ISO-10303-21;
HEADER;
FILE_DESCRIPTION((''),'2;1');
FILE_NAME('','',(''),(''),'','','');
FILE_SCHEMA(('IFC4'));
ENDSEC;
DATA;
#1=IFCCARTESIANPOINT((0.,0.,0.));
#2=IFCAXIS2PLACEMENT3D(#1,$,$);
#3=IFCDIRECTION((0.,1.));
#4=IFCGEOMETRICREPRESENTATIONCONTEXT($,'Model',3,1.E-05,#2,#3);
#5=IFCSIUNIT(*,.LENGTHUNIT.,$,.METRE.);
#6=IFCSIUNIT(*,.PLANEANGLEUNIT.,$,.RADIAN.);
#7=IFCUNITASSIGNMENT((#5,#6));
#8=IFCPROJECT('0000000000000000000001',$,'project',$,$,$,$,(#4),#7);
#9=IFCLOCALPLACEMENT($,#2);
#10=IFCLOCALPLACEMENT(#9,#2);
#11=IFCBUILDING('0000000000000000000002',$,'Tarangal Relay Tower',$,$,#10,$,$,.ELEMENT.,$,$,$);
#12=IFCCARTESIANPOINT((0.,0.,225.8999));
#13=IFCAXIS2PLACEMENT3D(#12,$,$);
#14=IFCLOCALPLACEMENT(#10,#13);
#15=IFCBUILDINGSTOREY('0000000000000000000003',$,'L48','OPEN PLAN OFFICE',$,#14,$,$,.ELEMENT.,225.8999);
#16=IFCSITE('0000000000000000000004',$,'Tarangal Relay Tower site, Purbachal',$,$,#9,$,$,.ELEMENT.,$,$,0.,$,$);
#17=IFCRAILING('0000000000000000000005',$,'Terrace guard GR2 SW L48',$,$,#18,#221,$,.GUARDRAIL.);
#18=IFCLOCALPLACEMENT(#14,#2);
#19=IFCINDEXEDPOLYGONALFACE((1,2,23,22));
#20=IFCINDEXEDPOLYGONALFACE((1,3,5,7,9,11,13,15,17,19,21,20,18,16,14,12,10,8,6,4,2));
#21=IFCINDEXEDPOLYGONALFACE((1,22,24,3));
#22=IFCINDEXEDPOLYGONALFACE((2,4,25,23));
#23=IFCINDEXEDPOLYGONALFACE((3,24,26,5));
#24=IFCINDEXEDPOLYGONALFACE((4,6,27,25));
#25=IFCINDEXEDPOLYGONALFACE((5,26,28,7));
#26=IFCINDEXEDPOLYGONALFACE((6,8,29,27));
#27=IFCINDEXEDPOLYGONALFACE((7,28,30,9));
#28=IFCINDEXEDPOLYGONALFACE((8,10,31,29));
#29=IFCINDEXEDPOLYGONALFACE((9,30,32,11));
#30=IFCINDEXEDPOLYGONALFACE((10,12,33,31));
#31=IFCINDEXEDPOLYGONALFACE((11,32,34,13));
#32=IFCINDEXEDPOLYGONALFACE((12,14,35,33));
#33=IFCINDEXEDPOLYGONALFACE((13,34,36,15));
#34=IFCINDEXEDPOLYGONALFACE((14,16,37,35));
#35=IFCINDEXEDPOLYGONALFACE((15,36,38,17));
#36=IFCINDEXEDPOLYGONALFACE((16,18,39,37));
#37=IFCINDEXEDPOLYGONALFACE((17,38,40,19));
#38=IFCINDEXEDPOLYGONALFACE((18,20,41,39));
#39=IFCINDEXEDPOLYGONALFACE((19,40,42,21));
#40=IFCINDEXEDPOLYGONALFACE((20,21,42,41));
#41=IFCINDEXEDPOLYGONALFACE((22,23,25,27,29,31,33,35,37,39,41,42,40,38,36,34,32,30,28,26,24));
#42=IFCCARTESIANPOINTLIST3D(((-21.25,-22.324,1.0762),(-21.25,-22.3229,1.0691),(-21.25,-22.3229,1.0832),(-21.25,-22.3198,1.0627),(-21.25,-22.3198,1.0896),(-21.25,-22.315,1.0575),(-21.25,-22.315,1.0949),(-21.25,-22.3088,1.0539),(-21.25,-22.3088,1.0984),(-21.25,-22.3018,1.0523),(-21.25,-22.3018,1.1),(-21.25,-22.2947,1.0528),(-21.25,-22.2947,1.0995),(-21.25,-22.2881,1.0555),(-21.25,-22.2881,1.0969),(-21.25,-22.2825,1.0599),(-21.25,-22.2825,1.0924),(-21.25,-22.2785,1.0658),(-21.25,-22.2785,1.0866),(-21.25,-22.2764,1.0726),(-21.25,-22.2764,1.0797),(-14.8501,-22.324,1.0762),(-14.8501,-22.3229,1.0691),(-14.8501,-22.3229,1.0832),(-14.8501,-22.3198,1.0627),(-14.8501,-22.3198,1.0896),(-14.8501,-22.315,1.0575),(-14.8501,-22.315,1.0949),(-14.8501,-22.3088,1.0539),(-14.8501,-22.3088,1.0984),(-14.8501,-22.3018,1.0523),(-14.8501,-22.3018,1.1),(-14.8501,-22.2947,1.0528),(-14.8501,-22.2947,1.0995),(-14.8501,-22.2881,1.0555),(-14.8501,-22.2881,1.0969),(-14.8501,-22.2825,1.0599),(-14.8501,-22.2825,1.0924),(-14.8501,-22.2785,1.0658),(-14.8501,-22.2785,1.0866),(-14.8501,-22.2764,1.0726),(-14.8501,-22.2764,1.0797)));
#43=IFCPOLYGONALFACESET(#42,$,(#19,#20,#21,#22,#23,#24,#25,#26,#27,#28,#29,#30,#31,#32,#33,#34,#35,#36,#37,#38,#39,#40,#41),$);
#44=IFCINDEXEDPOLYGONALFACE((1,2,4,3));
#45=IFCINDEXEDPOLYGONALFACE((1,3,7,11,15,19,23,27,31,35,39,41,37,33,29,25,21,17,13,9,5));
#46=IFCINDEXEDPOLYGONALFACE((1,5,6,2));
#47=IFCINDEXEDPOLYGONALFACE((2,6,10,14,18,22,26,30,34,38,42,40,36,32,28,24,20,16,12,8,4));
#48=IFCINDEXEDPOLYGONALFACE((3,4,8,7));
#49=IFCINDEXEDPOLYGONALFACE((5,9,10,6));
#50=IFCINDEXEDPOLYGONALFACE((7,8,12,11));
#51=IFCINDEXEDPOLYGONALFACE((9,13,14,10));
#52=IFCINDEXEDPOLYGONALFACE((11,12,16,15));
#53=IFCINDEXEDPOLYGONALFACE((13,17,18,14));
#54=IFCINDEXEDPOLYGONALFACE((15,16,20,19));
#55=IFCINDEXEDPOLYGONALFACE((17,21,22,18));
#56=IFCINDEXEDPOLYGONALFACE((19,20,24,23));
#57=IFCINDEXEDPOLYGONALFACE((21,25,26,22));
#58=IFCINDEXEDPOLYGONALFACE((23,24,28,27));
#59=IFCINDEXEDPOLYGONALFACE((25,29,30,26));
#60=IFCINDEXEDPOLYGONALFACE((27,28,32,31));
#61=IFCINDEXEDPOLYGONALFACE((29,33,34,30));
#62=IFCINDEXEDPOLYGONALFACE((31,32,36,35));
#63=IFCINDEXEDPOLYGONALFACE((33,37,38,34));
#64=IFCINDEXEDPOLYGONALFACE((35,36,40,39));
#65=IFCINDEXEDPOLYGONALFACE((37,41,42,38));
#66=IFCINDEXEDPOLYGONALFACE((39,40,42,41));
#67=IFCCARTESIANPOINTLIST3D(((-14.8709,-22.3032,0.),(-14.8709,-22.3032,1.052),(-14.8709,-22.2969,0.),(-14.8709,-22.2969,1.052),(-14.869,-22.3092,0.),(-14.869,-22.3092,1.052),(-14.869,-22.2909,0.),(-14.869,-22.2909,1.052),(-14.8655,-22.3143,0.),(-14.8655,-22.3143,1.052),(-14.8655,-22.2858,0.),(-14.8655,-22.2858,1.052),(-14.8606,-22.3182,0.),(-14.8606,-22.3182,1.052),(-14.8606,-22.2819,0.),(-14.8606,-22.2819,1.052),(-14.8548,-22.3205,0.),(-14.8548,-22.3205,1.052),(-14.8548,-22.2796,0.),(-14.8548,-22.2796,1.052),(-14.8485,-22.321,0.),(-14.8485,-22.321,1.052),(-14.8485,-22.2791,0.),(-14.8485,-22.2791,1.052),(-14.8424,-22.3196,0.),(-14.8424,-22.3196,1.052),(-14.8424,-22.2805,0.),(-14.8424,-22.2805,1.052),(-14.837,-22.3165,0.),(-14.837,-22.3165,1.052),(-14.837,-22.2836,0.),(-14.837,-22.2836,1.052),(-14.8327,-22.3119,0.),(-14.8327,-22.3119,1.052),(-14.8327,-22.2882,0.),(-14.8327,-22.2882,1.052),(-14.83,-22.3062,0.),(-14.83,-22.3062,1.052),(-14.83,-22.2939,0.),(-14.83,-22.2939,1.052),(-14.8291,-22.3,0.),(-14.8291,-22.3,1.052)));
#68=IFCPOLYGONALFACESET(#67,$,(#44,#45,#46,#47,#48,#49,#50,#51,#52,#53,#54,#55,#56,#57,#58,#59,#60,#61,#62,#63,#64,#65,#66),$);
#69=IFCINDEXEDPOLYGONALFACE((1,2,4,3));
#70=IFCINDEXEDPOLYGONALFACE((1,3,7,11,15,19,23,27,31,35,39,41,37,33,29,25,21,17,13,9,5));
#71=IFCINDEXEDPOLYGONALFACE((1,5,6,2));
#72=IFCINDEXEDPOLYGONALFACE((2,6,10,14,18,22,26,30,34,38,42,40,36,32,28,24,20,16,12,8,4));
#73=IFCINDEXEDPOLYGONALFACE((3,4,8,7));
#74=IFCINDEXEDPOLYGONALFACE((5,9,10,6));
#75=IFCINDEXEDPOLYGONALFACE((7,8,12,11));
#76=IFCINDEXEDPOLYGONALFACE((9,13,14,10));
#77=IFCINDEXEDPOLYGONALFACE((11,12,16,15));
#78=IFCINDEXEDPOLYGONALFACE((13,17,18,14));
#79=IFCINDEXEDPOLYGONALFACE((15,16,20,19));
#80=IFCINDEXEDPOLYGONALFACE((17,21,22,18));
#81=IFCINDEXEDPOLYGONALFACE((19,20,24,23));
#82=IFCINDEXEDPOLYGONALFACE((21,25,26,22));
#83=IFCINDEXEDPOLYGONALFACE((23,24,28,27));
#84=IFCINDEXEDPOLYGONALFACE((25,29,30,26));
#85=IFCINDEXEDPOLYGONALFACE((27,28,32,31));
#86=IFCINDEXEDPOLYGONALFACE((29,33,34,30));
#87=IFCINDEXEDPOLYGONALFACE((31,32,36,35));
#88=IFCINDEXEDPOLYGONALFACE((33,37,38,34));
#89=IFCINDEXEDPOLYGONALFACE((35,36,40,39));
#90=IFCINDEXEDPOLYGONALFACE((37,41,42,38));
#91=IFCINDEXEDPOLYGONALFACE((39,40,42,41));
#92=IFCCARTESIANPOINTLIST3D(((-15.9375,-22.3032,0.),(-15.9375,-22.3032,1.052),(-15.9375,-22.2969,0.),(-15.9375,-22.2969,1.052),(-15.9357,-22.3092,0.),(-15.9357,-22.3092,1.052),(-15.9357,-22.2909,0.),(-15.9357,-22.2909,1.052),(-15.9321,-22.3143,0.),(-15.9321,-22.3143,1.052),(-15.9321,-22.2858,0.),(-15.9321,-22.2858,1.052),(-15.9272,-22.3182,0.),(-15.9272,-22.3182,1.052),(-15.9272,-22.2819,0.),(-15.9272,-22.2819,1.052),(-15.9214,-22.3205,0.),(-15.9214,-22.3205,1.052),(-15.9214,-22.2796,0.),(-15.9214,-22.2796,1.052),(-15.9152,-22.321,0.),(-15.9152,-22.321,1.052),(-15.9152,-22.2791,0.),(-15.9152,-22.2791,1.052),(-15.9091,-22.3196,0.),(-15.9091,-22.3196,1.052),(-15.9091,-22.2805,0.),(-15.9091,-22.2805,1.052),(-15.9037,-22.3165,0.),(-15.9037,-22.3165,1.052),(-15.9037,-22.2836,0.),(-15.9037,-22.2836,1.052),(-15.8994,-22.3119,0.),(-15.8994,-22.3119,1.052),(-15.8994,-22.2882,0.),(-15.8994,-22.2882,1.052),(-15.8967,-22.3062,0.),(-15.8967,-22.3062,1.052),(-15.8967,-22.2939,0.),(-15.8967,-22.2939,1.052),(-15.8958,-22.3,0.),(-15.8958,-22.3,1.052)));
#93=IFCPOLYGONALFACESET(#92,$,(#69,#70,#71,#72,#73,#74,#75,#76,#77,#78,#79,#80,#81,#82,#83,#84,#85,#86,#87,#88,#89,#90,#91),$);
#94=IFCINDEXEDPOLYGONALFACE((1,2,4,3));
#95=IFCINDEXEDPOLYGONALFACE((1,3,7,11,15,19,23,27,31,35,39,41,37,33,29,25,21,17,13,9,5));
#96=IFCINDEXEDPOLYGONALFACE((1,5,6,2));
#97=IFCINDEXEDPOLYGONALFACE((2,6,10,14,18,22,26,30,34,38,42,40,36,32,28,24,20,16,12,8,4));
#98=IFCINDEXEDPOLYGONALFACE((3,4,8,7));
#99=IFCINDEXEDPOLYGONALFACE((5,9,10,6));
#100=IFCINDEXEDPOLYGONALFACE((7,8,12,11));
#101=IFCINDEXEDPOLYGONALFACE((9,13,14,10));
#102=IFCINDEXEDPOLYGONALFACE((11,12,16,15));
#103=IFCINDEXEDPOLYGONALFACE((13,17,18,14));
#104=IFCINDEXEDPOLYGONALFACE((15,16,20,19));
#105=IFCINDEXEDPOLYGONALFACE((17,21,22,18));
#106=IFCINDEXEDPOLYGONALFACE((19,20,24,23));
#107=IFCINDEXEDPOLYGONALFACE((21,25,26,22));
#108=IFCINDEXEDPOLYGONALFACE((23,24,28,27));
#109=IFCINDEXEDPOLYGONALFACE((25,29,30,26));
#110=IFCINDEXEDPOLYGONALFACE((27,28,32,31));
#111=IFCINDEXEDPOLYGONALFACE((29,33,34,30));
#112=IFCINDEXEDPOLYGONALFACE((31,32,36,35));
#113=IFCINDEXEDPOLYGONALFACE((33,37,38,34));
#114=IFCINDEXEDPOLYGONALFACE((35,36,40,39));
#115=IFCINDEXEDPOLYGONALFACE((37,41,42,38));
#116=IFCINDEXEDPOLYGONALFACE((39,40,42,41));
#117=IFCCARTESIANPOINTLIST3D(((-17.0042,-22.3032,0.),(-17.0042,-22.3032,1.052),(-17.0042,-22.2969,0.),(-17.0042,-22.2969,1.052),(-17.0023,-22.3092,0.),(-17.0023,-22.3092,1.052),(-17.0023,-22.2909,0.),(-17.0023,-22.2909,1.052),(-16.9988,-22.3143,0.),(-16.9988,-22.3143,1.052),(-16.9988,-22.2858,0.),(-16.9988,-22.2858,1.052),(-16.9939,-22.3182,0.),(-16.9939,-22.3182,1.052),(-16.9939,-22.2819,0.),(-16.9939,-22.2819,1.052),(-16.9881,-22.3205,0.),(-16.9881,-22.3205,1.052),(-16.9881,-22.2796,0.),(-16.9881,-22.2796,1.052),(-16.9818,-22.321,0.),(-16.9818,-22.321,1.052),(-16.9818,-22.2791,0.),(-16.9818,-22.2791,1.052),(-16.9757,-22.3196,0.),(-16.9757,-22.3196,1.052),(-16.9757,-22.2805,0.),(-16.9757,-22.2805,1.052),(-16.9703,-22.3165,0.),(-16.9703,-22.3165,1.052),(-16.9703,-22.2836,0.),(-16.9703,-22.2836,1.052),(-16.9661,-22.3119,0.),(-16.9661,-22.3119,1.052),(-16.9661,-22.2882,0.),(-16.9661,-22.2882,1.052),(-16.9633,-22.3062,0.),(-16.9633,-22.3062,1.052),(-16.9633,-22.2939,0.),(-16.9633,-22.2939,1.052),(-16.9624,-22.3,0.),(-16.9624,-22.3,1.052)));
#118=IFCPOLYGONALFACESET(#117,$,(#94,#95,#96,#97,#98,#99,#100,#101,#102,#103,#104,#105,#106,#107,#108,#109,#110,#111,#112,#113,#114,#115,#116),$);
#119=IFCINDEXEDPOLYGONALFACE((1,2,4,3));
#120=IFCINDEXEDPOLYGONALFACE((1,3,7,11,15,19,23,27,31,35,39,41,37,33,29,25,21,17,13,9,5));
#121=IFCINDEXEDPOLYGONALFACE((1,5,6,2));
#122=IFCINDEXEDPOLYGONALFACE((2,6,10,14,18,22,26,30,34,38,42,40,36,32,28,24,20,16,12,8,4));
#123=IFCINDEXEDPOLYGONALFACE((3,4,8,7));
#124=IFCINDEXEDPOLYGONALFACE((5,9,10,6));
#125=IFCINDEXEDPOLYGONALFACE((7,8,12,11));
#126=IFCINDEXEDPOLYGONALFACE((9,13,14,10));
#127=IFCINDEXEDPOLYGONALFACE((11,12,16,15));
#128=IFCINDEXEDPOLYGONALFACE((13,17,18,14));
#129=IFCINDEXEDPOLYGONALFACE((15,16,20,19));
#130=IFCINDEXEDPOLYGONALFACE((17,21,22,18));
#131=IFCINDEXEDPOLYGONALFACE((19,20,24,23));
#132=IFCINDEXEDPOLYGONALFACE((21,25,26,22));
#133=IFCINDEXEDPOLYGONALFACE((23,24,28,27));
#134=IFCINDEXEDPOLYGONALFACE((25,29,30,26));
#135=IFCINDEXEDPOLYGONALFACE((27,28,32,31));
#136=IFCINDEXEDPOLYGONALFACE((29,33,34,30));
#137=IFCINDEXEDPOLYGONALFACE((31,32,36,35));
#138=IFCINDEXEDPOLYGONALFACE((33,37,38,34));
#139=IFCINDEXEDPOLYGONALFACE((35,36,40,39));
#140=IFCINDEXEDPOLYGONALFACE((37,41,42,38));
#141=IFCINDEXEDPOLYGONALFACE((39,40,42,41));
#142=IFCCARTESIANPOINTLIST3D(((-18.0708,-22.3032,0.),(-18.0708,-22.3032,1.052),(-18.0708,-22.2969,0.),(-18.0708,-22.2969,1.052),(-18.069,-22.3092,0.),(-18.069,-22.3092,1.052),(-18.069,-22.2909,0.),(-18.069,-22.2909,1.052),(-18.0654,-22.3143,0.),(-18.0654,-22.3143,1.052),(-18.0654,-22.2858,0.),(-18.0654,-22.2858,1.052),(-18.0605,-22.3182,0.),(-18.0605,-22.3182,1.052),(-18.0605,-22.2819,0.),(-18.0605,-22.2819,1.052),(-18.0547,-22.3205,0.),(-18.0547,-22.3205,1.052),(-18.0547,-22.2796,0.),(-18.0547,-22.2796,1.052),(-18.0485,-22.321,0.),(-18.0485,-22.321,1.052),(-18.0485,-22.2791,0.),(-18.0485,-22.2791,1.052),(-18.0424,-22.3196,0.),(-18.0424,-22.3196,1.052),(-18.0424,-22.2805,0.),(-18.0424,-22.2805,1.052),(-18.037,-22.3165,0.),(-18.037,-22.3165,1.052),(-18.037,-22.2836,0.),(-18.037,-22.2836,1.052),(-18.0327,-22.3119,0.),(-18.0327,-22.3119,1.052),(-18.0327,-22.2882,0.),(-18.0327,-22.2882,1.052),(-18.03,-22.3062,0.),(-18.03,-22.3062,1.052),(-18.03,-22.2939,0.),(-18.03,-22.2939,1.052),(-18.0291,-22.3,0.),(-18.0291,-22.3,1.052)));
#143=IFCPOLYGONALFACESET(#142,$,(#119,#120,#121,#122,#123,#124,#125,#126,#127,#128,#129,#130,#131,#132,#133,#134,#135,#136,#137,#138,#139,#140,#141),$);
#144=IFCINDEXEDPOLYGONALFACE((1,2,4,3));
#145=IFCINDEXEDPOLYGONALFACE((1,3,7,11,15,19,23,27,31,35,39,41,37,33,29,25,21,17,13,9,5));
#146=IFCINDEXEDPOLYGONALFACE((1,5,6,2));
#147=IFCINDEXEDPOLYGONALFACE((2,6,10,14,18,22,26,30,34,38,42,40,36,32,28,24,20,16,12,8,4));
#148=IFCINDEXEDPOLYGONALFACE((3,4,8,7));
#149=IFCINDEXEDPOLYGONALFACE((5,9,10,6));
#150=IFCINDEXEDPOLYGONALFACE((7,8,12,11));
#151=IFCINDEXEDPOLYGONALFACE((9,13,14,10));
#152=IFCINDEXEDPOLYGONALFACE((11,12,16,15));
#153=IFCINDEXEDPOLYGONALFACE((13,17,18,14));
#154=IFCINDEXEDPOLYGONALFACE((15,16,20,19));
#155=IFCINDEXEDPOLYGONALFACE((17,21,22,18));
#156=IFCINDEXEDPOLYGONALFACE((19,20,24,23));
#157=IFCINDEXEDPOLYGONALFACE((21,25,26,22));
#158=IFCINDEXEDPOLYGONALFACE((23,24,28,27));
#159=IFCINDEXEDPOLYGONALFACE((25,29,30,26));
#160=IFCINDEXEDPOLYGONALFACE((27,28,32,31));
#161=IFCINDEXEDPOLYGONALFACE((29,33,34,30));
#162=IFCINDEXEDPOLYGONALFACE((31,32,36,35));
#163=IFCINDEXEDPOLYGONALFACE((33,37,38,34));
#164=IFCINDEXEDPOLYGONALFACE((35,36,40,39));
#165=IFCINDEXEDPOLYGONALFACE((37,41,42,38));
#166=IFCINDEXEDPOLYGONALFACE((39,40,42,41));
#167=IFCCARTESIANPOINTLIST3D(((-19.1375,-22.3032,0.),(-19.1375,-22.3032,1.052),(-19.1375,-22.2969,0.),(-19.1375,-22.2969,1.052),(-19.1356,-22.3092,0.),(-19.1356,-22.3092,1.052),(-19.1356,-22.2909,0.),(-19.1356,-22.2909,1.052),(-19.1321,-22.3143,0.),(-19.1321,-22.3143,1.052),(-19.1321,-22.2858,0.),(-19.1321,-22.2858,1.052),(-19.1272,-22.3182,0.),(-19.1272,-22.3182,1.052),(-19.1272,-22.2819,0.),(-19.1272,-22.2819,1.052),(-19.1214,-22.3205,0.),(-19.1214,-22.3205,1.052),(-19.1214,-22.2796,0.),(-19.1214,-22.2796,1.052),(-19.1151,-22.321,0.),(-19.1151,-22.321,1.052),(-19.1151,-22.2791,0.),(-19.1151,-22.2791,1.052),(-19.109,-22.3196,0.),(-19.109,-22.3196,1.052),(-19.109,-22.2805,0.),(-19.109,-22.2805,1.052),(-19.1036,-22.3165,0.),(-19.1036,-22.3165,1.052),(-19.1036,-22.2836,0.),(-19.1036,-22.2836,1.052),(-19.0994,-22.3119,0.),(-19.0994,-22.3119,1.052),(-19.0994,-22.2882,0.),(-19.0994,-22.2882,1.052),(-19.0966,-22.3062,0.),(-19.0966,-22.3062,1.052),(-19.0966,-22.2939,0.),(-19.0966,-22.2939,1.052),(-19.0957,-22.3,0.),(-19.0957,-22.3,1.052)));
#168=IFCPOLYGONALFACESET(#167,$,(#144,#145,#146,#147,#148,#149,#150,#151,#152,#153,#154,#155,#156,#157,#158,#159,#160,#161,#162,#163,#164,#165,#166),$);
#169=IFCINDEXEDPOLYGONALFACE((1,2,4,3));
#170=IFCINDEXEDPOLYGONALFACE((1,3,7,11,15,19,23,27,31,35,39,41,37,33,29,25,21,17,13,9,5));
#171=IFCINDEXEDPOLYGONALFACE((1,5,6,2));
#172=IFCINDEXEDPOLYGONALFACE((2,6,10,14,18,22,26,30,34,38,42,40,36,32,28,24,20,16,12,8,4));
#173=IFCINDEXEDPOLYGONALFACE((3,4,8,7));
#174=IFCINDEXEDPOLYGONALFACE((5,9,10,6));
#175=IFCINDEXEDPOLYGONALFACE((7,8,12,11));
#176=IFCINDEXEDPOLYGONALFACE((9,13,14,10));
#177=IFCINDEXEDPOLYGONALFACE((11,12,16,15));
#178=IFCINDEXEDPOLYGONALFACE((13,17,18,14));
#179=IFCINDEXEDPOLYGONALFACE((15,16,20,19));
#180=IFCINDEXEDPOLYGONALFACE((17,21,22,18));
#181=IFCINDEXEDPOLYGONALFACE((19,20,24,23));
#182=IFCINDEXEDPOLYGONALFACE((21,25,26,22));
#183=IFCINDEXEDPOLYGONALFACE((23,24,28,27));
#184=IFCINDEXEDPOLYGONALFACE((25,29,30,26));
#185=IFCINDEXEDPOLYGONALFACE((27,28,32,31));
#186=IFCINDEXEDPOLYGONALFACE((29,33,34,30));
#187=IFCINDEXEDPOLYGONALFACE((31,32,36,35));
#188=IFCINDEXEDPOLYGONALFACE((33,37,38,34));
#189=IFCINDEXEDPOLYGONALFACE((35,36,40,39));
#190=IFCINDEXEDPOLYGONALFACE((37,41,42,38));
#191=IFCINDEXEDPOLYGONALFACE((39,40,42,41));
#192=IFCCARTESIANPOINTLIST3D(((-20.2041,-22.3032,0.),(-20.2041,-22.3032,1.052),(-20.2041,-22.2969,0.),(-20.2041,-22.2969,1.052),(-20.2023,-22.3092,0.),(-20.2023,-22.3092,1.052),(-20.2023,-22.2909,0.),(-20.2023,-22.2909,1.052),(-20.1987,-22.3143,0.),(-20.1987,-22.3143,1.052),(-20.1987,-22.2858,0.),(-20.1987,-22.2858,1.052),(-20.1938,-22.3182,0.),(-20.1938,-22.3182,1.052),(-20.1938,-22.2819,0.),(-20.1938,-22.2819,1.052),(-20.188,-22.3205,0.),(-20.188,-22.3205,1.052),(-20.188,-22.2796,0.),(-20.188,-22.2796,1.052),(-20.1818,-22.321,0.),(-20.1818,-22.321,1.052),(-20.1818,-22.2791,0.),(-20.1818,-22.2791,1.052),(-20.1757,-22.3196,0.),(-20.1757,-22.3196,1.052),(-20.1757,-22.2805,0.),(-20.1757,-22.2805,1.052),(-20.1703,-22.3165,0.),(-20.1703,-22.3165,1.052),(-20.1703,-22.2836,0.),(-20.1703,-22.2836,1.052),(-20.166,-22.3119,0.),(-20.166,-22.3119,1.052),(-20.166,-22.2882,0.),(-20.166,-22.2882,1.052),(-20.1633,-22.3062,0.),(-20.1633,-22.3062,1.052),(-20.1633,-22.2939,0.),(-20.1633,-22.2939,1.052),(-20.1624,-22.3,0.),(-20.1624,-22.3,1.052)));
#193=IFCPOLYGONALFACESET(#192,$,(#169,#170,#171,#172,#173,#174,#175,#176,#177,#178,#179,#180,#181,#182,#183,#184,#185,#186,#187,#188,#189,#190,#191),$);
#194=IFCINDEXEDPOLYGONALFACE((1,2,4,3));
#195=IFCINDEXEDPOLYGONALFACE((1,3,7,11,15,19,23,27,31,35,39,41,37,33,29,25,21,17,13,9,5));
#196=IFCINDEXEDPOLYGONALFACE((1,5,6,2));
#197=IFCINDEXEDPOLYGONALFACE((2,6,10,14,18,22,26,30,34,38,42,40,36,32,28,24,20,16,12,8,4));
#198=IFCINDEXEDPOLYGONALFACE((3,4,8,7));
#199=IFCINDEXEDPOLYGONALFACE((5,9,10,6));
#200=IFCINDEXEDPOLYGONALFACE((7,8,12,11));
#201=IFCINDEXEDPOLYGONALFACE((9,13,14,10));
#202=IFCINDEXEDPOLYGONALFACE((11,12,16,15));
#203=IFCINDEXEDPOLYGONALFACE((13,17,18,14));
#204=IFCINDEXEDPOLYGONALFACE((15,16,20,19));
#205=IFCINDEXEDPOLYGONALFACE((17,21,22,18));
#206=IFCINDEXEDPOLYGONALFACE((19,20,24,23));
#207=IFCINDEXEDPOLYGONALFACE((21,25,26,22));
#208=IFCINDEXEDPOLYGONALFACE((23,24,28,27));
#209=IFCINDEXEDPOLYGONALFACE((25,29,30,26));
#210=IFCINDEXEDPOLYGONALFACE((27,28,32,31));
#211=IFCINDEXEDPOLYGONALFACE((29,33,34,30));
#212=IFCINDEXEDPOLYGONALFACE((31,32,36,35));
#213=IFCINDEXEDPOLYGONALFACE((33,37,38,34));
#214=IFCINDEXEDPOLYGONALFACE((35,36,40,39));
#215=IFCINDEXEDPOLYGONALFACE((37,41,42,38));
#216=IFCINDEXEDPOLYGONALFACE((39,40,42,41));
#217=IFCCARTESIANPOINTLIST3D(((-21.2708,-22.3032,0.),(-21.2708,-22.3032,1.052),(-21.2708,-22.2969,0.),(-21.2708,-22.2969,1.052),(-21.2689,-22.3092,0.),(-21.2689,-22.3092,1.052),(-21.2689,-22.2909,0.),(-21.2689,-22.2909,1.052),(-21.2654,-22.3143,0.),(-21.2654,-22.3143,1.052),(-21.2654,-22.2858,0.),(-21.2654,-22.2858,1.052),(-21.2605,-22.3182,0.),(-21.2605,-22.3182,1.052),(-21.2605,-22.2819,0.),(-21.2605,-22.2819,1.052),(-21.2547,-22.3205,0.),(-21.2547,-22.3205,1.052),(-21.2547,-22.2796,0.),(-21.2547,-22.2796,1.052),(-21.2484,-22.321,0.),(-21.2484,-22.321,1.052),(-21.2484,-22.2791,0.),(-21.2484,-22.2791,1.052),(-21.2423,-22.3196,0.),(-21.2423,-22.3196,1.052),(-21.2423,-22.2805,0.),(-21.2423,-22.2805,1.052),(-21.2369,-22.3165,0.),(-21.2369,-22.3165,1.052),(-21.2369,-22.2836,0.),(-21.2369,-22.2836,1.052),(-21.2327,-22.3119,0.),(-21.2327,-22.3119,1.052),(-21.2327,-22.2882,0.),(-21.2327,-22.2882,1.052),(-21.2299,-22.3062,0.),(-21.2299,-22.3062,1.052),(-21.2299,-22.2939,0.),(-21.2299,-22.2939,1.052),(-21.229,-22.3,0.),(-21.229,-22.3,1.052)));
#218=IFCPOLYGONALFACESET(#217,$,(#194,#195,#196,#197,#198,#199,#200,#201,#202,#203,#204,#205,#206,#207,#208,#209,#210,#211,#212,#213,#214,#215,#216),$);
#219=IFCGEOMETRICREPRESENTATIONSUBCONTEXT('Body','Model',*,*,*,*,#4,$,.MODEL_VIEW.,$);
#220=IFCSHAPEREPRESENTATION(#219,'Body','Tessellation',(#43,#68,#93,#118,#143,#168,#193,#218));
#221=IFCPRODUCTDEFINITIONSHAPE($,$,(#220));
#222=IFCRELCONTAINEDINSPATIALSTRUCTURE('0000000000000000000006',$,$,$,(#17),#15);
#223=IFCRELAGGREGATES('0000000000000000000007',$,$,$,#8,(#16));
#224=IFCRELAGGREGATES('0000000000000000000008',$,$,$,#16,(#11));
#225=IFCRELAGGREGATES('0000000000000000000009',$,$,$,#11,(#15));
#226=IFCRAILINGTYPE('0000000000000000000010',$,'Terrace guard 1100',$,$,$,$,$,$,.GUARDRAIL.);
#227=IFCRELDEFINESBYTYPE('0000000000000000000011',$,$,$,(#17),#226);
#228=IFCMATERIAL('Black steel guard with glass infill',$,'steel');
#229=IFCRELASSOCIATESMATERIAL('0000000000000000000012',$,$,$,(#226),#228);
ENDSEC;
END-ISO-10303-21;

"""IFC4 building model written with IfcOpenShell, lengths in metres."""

from ifc_helpers import new_model, si_unit, direction, frame, origin, origin_2d, place, context, subcontext, project, spatial, circle, extrude, material, type_object, element, save


model = new_model("IFC4")

# Units and contexts
model_context = context("Model", 3, precision=1e-05, world=origin(), true_north=direction((0.0, 1.0)))
body_context = subcontext(model_context, "Body", "Model", "MODEL_VIEW")
ifc_project = project(units=[si_unit("LENGTHUNIT", "METRE"), si_unit("PLANEANGLEUNIT", "RADIAN")], contexts=[model_context])

# Site, building, storey
site_placement = place(None, origin())
site = spatial("IfcSite", under=ifc_project, at=site_placement, Name="Tarangal Relay Tower site, Purbachal", CompositionType="ELEMENT", RefElevation=0.0)
building_placement = place(site_placement, origin())
building = spatial("IfcBuilding", under=site, at=building_placement, Name="Tarangal Relay Tower", CompositionType="ELEMENT")
storey_placement = place(building_placement, frame((0.0, 0.0, 225.8999)))
storey = spatial("IfcBuildingStorey", under=building, at=storey_placement, Name="L48", Description="OPEN PLAN OFFICE", CompositionType="ELEMENT", Elevation=225.8999)

# Railing
ifc_material_1 = material(Name="Black steel guard with glass infill", Category="steel")
railing_type = type_object("IfcRailingType", Name="Terrace guard 1100", PredefinedType="GUARDRAIL", material=ifc_material_1)
railing_1_placement = place(storey_placement, frame((-14.8501, -22.3, 0.0)))
element("IfcRailing", 1, at=railing_1_placement, inside=storey, type_object=railing_type, Name="Terrace guard GR2 SW L48", PredefinedType="GUARDRAIL", context=body_context, shape_type="SweptSolid", body=[
    extrude(circle(Radius=0.0239, at=origin_2d()), frame((0.0, 0.0, 1.0762), z_axis=(-1.0, 0.0, 0.0), x_axis=(0.0, -1.0, 0.0)), (0.0, 0.0, 1.0), 6.3999),
    extrude(circle(Radius=0.021, at=origin_2d()), origin(), (0.0, 0.0, 1.0), 1.052),
    extrude(circle(Radius=0.021, at=origin_2d()), frame((-1.0667, 0.0, 0.0)), (0.0, 0.0, 1.0), 1.052),
    extrude(circle(Radius=0.021, at=origin_2d()), frame((-2.1333, 0.0, 0.0)), (0.0, 0.0, 1.0), 1.052),
    extrude(circle(Radius=0.021, at=origin_2d()), frame((-3.2, 0.0, 0.0)), (0.0, 0.0, 1.0), 1.052),
    extrude(circle(Radius=0.021, at=origin_2d()), frame((-4.2666, 0.0, 0.0)), (0.0, 0.0, 1.0), 1.052),
    extrude(circle(Radius=0.021, at=origin_2d()), frame((-5.3333, 0.0, 0.0)), (0.0, 0.0, 1.0), 1.052),
    extrude(circle(Radius=0.021, at=origin_2d()), frame((-6.3999, 0.0, 0.0)), (0.0, 0.0, 1.0), 1.052),
])

save(model, "model.ifc")
